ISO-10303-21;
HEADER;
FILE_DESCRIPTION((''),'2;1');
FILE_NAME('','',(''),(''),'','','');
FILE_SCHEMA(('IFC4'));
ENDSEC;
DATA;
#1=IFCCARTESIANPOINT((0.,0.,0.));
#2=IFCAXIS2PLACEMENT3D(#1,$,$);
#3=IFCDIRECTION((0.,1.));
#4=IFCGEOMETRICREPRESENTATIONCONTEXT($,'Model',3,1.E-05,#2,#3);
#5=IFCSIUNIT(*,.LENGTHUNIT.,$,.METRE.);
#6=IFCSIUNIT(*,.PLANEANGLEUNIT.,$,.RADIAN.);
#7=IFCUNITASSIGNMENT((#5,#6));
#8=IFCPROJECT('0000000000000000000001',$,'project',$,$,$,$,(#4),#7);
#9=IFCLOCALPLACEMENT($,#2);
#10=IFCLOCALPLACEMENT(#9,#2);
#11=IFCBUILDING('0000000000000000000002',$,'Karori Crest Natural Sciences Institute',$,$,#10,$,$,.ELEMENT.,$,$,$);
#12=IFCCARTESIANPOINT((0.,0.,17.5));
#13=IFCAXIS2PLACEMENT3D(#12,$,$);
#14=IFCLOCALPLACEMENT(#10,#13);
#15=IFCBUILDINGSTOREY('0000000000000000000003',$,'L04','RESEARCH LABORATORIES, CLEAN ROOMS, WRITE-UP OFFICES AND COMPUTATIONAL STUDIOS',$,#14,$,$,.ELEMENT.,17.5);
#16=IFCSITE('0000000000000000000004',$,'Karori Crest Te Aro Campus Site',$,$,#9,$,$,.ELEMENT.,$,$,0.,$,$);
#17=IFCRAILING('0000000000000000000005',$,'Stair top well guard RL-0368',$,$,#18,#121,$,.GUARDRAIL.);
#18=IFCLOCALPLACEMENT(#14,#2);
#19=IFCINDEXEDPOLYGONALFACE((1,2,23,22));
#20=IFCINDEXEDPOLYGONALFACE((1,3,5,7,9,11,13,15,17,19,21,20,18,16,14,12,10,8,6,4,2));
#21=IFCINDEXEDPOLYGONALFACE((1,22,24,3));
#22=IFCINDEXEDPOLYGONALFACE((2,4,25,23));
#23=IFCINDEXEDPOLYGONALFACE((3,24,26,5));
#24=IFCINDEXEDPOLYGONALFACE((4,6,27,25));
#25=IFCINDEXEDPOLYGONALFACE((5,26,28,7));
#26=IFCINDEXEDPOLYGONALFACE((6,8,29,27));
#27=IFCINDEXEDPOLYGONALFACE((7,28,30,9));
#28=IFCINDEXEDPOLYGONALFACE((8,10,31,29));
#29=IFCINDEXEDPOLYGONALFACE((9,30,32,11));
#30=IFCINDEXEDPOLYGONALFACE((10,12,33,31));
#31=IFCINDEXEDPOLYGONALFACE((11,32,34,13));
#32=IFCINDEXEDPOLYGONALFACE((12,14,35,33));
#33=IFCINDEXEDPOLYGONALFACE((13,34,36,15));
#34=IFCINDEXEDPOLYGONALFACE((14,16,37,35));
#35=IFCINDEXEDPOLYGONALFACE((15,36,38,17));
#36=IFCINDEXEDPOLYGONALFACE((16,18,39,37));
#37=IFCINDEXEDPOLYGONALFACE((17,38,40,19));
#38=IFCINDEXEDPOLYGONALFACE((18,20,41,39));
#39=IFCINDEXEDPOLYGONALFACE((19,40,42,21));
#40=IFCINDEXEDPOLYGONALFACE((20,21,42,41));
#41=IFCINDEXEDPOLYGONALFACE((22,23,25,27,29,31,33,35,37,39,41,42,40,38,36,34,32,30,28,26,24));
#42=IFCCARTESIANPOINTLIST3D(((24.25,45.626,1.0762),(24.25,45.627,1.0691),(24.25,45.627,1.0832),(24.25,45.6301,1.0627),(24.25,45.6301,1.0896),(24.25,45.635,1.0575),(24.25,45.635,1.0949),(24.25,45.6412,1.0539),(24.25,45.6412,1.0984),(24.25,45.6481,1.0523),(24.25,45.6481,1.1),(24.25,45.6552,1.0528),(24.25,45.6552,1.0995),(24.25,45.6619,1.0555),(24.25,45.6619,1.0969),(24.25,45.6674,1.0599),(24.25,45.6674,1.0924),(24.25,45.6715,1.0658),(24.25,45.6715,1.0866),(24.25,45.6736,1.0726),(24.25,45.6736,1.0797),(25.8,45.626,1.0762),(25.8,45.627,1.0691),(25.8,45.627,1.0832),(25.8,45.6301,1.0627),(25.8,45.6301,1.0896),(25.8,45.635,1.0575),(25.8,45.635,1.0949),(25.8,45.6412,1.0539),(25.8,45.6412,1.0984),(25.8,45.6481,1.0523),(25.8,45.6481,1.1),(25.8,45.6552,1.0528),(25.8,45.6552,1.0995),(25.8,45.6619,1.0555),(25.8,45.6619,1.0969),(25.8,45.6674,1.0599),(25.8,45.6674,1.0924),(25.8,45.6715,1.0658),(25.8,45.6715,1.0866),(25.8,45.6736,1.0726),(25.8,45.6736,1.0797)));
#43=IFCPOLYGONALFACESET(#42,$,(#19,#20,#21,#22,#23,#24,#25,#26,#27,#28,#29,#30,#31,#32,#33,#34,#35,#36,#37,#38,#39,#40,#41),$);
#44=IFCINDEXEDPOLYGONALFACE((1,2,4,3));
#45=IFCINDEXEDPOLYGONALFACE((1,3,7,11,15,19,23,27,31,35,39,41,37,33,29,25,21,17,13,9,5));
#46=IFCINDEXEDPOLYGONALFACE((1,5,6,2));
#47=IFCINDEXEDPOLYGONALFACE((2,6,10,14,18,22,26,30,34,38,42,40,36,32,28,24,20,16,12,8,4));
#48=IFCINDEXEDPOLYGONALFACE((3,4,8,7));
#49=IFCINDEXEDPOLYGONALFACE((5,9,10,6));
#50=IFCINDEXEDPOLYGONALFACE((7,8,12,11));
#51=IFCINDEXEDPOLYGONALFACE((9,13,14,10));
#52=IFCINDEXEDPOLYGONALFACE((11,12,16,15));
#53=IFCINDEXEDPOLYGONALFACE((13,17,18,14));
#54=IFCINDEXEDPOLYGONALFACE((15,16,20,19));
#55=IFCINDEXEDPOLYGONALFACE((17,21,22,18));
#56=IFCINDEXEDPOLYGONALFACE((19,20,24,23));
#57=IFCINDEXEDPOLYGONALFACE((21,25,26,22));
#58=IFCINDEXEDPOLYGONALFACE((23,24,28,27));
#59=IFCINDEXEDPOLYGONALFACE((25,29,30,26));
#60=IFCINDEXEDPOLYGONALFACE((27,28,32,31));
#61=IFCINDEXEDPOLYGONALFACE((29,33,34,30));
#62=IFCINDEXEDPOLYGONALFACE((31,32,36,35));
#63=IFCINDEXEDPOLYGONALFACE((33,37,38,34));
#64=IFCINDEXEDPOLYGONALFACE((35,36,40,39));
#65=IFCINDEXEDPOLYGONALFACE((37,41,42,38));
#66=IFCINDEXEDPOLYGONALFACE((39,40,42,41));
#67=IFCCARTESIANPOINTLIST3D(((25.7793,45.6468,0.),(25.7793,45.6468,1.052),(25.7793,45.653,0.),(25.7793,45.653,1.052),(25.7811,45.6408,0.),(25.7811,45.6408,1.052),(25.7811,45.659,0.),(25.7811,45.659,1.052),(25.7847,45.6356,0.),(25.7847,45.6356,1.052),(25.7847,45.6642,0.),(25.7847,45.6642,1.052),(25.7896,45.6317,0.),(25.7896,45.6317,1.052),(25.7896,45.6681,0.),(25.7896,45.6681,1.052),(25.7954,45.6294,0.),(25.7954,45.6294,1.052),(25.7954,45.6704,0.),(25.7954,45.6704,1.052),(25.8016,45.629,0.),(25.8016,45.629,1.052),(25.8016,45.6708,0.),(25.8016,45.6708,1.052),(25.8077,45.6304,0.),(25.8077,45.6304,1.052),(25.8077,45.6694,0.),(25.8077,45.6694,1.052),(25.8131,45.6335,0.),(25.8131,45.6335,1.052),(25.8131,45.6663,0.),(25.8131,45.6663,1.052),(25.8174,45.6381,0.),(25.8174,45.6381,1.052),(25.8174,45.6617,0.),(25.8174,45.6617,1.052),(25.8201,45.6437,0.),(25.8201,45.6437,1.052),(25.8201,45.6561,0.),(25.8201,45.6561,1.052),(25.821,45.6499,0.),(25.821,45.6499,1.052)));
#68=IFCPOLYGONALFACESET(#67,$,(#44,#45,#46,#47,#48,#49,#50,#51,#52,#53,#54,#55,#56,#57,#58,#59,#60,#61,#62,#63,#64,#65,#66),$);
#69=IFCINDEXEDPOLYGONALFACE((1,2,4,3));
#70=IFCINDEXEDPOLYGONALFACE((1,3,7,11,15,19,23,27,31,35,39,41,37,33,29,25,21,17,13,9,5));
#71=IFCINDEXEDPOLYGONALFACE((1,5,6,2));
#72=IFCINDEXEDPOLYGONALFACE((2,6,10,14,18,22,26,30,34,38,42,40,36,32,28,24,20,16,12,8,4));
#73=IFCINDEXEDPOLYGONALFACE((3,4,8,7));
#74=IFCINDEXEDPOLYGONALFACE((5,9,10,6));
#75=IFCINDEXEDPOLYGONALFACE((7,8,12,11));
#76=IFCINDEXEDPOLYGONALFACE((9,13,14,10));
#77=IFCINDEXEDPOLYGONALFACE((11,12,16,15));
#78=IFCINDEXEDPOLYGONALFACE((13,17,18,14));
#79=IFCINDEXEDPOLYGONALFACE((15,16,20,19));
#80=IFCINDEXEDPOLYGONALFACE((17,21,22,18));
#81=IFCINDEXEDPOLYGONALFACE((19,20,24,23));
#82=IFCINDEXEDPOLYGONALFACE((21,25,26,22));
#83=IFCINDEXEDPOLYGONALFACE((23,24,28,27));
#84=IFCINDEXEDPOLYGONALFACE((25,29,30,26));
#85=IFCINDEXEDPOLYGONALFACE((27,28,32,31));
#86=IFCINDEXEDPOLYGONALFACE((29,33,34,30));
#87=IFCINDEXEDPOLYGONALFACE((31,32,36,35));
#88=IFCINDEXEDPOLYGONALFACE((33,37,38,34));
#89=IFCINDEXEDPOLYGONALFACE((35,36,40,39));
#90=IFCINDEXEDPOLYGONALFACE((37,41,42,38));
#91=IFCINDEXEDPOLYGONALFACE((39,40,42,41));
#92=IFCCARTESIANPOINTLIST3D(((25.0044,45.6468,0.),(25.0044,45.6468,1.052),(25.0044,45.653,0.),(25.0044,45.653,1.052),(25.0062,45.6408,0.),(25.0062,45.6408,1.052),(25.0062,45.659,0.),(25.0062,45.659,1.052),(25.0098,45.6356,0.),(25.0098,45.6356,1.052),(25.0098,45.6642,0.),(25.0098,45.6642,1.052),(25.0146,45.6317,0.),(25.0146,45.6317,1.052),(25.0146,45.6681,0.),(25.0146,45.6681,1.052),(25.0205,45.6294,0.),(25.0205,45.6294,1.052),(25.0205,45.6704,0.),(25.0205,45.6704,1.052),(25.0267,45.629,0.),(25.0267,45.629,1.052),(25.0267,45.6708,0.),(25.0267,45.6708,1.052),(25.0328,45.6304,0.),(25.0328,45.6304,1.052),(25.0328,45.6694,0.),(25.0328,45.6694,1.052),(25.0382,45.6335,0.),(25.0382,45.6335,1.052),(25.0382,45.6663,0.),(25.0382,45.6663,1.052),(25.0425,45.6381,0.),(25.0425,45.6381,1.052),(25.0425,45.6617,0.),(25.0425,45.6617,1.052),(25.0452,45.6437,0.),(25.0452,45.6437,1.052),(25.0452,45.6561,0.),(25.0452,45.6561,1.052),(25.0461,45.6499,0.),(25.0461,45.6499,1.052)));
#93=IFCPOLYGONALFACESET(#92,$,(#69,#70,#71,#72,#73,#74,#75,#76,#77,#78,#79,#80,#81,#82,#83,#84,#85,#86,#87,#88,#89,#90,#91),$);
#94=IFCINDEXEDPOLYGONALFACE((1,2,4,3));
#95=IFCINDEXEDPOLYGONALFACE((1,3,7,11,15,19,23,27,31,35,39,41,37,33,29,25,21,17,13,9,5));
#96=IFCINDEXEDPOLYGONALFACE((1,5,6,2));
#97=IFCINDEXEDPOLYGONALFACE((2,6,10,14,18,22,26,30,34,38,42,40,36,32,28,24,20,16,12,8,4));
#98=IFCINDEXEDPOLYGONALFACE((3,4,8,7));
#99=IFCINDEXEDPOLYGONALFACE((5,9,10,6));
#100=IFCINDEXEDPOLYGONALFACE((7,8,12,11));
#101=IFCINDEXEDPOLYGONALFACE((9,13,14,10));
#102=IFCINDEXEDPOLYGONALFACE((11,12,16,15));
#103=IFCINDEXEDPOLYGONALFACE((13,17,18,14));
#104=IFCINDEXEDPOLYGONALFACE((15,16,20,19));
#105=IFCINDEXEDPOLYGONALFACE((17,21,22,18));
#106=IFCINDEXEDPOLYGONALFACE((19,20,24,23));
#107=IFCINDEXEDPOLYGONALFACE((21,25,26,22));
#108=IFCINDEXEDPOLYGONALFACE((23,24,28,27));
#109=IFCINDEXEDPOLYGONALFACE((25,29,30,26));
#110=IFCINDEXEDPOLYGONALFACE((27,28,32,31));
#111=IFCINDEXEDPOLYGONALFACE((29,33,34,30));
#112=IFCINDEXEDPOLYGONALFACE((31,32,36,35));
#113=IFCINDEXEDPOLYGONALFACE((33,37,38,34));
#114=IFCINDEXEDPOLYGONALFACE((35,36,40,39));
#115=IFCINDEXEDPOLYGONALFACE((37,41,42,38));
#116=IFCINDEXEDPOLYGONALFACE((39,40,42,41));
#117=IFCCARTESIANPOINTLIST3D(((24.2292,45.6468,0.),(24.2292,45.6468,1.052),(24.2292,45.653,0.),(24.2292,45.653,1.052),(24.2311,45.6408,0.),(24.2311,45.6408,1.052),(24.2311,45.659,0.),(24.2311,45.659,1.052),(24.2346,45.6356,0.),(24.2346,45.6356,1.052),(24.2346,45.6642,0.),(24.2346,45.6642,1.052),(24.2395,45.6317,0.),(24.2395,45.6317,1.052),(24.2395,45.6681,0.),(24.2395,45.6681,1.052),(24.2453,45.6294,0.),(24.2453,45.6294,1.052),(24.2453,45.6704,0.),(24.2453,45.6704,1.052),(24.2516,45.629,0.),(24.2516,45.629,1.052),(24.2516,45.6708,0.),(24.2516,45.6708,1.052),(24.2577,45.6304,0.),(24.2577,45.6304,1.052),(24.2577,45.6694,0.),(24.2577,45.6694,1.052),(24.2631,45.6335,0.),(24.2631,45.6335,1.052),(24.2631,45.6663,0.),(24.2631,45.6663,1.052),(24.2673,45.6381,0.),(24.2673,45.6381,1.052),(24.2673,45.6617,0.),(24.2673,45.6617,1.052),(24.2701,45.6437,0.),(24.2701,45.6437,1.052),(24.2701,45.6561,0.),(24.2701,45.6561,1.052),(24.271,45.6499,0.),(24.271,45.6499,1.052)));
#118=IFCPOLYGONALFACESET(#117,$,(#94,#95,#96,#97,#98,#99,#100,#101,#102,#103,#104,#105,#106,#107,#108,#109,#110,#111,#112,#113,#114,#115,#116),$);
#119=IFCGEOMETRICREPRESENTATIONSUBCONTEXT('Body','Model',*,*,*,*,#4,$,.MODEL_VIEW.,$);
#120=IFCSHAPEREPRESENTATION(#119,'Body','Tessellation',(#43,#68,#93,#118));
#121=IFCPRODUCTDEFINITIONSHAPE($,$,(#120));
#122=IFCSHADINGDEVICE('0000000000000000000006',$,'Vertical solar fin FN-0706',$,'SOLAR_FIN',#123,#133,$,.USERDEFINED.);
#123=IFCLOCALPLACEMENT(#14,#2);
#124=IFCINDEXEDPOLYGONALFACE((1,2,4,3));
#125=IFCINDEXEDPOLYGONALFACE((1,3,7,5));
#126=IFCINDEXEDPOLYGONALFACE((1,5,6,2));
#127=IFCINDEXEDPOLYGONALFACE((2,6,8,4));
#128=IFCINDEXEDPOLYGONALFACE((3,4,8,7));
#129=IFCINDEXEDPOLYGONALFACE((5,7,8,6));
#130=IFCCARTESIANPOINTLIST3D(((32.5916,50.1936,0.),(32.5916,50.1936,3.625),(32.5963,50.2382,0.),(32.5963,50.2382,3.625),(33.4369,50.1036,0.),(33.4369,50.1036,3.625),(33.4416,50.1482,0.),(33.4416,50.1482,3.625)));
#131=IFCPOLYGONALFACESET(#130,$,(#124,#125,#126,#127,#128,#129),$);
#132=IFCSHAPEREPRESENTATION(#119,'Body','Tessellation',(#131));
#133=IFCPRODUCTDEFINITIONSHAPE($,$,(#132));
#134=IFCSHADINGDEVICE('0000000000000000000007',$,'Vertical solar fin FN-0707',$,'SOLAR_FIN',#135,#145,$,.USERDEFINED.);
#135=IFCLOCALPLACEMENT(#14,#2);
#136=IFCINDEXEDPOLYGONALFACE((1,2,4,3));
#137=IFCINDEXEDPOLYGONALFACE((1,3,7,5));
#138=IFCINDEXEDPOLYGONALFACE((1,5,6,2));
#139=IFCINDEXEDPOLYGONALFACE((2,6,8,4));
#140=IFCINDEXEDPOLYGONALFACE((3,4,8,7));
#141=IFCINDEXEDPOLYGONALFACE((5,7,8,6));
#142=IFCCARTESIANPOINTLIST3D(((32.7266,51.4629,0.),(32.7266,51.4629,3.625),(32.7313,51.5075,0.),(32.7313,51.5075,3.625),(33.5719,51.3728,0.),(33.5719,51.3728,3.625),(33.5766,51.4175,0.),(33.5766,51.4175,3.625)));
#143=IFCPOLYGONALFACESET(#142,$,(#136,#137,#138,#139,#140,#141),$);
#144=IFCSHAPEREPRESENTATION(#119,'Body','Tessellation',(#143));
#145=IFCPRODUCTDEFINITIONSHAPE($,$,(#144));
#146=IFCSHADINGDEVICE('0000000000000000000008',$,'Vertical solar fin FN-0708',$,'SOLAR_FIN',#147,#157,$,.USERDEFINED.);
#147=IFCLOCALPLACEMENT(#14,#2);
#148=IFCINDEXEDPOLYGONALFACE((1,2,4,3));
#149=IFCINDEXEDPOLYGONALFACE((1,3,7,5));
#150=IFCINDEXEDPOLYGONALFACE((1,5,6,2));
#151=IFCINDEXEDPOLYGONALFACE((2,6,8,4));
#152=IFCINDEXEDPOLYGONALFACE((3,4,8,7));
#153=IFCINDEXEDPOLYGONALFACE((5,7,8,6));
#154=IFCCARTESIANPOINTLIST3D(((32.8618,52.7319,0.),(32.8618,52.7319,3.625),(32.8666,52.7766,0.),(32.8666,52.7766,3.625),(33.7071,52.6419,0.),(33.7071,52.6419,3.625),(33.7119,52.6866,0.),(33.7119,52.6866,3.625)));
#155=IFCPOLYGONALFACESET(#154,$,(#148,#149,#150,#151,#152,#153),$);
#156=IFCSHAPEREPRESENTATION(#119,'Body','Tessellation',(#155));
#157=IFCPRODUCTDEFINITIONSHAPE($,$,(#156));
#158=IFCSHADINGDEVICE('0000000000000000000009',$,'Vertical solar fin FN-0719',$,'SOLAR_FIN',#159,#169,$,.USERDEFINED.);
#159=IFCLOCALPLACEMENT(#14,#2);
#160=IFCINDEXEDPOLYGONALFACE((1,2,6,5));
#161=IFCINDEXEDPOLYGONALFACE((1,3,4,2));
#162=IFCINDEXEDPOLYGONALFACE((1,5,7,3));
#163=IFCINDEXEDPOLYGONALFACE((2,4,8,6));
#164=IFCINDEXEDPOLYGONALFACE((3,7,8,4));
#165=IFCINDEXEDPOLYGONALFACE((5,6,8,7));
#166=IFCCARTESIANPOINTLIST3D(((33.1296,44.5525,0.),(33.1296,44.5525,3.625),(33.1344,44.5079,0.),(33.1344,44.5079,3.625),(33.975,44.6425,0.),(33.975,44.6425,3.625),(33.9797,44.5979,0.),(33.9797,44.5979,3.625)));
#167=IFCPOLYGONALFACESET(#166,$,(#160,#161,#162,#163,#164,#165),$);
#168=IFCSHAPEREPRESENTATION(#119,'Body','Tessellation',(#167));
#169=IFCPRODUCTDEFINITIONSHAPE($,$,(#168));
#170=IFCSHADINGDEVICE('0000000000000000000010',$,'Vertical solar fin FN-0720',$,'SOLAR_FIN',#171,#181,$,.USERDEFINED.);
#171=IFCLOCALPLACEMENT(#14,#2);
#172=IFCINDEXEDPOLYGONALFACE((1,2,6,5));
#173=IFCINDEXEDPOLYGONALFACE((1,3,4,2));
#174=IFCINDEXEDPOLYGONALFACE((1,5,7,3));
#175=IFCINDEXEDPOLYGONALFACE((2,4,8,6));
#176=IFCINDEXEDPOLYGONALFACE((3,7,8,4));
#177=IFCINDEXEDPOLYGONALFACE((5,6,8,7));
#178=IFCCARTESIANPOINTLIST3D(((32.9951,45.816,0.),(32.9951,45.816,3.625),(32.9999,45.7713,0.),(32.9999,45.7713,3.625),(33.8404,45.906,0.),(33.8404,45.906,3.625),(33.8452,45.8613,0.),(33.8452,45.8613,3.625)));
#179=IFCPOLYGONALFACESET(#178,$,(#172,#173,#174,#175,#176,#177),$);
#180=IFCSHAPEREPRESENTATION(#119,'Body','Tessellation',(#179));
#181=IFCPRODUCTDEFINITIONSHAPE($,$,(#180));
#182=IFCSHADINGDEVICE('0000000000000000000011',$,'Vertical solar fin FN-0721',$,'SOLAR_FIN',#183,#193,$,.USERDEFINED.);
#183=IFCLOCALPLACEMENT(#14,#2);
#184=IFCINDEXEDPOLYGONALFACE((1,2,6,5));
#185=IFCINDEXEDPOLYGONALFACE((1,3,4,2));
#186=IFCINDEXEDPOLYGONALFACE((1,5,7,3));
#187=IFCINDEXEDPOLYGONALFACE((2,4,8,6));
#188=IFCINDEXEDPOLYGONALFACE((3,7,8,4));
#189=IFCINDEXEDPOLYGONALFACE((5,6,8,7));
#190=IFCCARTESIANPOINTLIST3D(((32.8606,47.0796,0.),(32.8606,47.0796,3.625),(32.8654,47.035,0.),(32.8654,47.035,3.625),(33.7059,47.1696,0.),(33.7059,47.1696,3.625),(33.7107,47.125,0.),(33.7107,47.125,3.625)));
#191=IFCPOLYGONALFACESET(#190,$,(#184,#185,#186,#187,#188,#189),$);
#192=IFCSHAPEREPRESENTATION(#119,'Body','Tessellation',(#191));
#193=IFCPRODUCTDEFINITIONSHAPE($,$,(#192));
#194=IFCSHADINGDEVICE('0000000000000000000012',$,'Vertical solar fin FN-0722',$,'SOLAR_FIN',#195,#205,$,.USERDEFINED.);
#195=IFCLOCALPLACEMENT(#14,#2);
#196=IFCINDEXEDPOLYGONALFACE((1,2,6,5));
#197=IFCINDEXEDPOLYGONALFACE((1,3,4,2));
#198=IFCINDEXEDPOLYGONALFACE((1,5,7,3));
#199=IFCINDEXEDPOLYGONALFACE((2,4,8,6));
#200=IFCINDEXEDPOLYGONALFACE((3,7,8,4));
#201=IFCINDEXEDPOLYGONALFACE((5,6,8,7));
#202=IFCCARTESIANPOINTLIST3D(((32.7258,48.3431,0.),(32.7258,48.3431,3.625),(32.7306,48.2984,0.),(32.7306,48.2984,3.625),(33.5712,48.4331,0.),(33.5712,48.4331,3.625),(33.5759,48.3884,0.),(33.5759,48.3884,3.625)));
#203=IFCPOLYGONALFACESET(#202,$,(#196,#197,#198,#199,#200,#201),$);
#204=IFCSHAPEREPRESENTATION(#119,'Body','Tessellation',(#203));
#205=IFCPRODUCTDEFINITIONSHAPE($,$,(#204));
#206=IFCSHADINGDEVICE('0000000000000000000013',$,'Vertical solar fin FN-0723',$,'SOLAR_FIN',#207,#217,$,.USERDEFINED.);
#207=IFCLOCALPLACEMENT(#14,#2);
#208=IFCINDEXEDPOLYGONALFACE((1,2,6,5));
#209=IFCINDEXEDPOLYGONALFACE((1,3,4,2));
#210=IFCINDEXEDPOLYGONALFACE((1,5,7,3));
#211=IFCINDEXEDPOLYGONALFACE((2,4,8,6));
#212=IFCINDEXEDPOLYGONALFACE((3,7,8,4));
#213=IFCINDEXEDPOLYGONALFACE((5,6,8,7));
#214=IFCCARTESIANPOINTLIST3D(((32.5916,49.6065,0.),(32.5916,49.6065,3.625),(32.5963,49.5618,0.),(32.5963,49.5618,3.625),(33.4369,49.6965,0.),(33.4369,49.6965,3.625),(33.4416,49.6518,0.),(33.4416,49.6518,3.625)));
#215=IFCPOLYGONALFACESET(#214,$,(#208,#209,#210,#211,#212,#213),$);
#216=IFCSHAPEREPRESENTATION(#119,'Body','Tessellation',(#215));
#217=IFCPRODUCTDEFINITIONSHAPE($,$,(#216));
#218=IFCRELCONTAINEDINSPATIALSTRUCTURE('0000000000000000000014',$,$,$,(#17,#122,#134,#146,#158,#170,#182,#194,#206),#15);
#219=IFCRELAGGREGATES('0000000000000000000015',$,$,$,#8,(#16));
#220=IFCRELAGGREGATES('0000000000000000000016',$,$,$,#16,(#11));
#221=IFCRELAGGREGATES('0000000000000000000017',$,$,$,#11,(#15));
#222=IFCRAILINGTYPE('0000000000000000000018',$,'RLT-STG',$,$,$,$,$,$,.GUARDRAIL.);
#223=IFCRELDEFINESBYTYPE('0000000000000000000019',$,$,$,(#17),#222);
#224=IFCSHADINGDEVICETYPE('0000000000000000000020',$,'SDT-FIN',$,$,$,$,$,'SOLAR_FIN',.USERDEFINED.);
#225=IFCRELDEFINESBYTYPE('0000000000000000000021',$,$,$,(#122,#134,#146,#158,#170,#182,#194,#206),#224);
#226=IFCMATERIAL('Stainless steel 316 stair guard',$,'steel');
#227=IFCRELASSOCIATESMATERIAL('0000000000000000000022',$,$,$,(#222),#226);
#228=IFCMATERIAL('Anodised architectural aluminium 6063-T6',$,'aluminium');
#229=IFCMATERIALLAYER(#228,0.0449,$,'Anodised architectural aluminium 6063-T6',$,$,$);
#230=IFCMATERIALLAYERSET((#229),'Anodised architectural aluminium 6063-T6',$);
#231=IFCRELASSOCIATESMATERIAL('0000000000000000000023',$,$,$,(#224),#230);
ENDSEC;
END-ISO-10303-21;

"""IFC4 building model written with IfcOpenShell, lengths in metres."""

from ifc_helpers import new_model, si_unit, direction, frame, origin, origin_2d, place, context, subcontext, project, spatial, rectangle, circle, extrude, material, layer, layer_set, type_object, element, save


model = new_model("IFC4")

# Units and contexts
model_context = context("Model", 3, precision=1e-05, world=origin(), true_north=direction((0.0, 1.0)))
body_context = subcontext(model_context, "Body", "Model", "MODEL_VIEW")
ifc_project = project(units=[si_unit("LENGTHUNIT", "METRE"), si_unit("PLANEANGLEUNIT", "RADIAN")], contexts=[model_context])

# Site, building, storey
site_placement = place(None, origin())
site = spatial("IfcSite", under=ifc_project, at=site_placement, Name="Karori Crest Te Aro Campus Site", CompositionType="ELEMENT", RefElevation=0.0)
building_placement = place(site_placement, origin())
building = spatial("IfcBuilding", under=site, at=building_placement, Name="Karori Crest Natural Sciences Institute", CompositionType="ELEMENT")
storey_placement = place(building_placement, frame((0.0, 0.0, 17.5)))
storey = spatial("IfcBuildingStorey", under=building, at=storey_placement, Name="L04", Description="RESEARCH LABORATORIES, CLEAN ROOMS, WRITE-UP OFFICES AND COMPUTATIONAL STUDIOS", CompositionType="ELEMENT", Elevation=17.5)

# Shared definitions
ifc_material_1 = material(Name="Anodised architectural aluminium 6063-T6", Category="aluminium")

# Railing
ifc_material_2 = material(Name="Stainless steel 316 stair guard", Category="steel")
railing_type = type_object("IfcRailingType", Name="RLT-STG", PredefinedType="GUARDRAIL", material=ifc_material_2)
railing_placement = place(storey_placement, frame((25.8, 45.6499, 0.0)))
element("IfcRailing", 1, at=railing_placement, inside=storey, type_object=railing_type, Name="Stair top well guard RL-0368", PredefinedType="GUARDRAIL", context=body_context, shape_type="SweptSolid", body=[
    extrude(circle(Radius=0.0239, at=origin_2d()), frame((0.0, 0.0, 1.0762), z_axis=(-1.0, 0.0, 0.0), x_axis=(0.0, -1.0, 0.0)), (0.0, 0.0, 1.0), 1.55),
    extrude(circle(Radius=0.021, at=origin_2d()), origin(), (0.0, 0.0, 1.0), 1.052),
    extrude(circle(Radius=0.021, at=origin_2d()), frame((-0.7749, 0.0, 0.0)), (0.0, 0.0, 1.0), 1.052),
    extrude(circle(Radius=0.021, at=origin_2d()), frame((-1.55, 0.0, 0.0)), (0.0, 0.0, 1.0), 1.052),
])

# Shading devices
ifc_layer_1 = layer(ifc_material_1, 0.0449, Name="Anodised architectural aluminium 6063-T6")
ifc_layer_set_1 = layer_set([ifc_layer_1], Name="Anodised architectural aluminium 6063-T6")
shading_device_type = type_object("IfcShadingDeviceType", Name="SDT-FIN", ElementType="SOLAR_FIN", PredefinedType="USERDEFINED", material=ifc_layer_set_1)
for number, where, z_axis, x_axis, name in (
    (2, (33.0166, 50.1709, 0.0), (0.0, 0.0, 1.0), (-0.994378, 0.105886, 0.0), "Vertical solar fin FN-0706"),
    (3, (33.1516, 51.4402, 0.0), (0.0, 0.0, 1.0), (-0.994378, 0.105886, 0.0), "Vertical solar fin FN-0707"),
    (4, (33.2869, 52.7092, 0.0), (0.0, 0.0, 1.0), (-0.994378, 0.105886, 0.0), "Vertical solar fin FN-0708"),
    (5, (33.5547, 44.5752, 0.0), (0.0, 0.0, 1.0), (-0.994378, -0.105884, 0.0), "Vertical solar fin FN-0719"),
    (6, (33.4202, 45.8386, 0.0), (0.0, 0.0, 1.0), (-0.994378, -0.105884, 0.0), "Vertical solar fin FN-0720"),
    (7, (33.2856, 47.1023, 0.0), (0.0, 0.0, 1.0), (-0.994378, -0.105884, 0.0), "Vertical solar fin FN-0721"),
    (8, (33.1509, 48.3657, 0.0), (0.0, 0.0, 1.0), (-0.994378, -0.105884, 0.0), "Vertical solar fin FN-0722"),
    (9, (33.0166, 49.6292, 0.0), (0.0, 0.0, 1.0), (-0.994378, -0.105884, 0.0), "Vertical solar fin FN-0723"),
):
    element("IfcShadingDevice", number, at=place(storey_placement, frame(where, z_axis=z_axis, x_axis=x_axis)), inside=storey, type_object=shading_device_type, Name=name, ObjectType="SOLAR_FIN", PredefinedType="USERDEFINED", context=body_context, shape_type="SweptSolid", body=[
        extrude(rectangle(XDim=0.8501, YDim=0.0449, at=origin_2d()), origin(), (0.0, 0.0, 1.0), 3.625),
    ])

save(model, "model.ifc")
